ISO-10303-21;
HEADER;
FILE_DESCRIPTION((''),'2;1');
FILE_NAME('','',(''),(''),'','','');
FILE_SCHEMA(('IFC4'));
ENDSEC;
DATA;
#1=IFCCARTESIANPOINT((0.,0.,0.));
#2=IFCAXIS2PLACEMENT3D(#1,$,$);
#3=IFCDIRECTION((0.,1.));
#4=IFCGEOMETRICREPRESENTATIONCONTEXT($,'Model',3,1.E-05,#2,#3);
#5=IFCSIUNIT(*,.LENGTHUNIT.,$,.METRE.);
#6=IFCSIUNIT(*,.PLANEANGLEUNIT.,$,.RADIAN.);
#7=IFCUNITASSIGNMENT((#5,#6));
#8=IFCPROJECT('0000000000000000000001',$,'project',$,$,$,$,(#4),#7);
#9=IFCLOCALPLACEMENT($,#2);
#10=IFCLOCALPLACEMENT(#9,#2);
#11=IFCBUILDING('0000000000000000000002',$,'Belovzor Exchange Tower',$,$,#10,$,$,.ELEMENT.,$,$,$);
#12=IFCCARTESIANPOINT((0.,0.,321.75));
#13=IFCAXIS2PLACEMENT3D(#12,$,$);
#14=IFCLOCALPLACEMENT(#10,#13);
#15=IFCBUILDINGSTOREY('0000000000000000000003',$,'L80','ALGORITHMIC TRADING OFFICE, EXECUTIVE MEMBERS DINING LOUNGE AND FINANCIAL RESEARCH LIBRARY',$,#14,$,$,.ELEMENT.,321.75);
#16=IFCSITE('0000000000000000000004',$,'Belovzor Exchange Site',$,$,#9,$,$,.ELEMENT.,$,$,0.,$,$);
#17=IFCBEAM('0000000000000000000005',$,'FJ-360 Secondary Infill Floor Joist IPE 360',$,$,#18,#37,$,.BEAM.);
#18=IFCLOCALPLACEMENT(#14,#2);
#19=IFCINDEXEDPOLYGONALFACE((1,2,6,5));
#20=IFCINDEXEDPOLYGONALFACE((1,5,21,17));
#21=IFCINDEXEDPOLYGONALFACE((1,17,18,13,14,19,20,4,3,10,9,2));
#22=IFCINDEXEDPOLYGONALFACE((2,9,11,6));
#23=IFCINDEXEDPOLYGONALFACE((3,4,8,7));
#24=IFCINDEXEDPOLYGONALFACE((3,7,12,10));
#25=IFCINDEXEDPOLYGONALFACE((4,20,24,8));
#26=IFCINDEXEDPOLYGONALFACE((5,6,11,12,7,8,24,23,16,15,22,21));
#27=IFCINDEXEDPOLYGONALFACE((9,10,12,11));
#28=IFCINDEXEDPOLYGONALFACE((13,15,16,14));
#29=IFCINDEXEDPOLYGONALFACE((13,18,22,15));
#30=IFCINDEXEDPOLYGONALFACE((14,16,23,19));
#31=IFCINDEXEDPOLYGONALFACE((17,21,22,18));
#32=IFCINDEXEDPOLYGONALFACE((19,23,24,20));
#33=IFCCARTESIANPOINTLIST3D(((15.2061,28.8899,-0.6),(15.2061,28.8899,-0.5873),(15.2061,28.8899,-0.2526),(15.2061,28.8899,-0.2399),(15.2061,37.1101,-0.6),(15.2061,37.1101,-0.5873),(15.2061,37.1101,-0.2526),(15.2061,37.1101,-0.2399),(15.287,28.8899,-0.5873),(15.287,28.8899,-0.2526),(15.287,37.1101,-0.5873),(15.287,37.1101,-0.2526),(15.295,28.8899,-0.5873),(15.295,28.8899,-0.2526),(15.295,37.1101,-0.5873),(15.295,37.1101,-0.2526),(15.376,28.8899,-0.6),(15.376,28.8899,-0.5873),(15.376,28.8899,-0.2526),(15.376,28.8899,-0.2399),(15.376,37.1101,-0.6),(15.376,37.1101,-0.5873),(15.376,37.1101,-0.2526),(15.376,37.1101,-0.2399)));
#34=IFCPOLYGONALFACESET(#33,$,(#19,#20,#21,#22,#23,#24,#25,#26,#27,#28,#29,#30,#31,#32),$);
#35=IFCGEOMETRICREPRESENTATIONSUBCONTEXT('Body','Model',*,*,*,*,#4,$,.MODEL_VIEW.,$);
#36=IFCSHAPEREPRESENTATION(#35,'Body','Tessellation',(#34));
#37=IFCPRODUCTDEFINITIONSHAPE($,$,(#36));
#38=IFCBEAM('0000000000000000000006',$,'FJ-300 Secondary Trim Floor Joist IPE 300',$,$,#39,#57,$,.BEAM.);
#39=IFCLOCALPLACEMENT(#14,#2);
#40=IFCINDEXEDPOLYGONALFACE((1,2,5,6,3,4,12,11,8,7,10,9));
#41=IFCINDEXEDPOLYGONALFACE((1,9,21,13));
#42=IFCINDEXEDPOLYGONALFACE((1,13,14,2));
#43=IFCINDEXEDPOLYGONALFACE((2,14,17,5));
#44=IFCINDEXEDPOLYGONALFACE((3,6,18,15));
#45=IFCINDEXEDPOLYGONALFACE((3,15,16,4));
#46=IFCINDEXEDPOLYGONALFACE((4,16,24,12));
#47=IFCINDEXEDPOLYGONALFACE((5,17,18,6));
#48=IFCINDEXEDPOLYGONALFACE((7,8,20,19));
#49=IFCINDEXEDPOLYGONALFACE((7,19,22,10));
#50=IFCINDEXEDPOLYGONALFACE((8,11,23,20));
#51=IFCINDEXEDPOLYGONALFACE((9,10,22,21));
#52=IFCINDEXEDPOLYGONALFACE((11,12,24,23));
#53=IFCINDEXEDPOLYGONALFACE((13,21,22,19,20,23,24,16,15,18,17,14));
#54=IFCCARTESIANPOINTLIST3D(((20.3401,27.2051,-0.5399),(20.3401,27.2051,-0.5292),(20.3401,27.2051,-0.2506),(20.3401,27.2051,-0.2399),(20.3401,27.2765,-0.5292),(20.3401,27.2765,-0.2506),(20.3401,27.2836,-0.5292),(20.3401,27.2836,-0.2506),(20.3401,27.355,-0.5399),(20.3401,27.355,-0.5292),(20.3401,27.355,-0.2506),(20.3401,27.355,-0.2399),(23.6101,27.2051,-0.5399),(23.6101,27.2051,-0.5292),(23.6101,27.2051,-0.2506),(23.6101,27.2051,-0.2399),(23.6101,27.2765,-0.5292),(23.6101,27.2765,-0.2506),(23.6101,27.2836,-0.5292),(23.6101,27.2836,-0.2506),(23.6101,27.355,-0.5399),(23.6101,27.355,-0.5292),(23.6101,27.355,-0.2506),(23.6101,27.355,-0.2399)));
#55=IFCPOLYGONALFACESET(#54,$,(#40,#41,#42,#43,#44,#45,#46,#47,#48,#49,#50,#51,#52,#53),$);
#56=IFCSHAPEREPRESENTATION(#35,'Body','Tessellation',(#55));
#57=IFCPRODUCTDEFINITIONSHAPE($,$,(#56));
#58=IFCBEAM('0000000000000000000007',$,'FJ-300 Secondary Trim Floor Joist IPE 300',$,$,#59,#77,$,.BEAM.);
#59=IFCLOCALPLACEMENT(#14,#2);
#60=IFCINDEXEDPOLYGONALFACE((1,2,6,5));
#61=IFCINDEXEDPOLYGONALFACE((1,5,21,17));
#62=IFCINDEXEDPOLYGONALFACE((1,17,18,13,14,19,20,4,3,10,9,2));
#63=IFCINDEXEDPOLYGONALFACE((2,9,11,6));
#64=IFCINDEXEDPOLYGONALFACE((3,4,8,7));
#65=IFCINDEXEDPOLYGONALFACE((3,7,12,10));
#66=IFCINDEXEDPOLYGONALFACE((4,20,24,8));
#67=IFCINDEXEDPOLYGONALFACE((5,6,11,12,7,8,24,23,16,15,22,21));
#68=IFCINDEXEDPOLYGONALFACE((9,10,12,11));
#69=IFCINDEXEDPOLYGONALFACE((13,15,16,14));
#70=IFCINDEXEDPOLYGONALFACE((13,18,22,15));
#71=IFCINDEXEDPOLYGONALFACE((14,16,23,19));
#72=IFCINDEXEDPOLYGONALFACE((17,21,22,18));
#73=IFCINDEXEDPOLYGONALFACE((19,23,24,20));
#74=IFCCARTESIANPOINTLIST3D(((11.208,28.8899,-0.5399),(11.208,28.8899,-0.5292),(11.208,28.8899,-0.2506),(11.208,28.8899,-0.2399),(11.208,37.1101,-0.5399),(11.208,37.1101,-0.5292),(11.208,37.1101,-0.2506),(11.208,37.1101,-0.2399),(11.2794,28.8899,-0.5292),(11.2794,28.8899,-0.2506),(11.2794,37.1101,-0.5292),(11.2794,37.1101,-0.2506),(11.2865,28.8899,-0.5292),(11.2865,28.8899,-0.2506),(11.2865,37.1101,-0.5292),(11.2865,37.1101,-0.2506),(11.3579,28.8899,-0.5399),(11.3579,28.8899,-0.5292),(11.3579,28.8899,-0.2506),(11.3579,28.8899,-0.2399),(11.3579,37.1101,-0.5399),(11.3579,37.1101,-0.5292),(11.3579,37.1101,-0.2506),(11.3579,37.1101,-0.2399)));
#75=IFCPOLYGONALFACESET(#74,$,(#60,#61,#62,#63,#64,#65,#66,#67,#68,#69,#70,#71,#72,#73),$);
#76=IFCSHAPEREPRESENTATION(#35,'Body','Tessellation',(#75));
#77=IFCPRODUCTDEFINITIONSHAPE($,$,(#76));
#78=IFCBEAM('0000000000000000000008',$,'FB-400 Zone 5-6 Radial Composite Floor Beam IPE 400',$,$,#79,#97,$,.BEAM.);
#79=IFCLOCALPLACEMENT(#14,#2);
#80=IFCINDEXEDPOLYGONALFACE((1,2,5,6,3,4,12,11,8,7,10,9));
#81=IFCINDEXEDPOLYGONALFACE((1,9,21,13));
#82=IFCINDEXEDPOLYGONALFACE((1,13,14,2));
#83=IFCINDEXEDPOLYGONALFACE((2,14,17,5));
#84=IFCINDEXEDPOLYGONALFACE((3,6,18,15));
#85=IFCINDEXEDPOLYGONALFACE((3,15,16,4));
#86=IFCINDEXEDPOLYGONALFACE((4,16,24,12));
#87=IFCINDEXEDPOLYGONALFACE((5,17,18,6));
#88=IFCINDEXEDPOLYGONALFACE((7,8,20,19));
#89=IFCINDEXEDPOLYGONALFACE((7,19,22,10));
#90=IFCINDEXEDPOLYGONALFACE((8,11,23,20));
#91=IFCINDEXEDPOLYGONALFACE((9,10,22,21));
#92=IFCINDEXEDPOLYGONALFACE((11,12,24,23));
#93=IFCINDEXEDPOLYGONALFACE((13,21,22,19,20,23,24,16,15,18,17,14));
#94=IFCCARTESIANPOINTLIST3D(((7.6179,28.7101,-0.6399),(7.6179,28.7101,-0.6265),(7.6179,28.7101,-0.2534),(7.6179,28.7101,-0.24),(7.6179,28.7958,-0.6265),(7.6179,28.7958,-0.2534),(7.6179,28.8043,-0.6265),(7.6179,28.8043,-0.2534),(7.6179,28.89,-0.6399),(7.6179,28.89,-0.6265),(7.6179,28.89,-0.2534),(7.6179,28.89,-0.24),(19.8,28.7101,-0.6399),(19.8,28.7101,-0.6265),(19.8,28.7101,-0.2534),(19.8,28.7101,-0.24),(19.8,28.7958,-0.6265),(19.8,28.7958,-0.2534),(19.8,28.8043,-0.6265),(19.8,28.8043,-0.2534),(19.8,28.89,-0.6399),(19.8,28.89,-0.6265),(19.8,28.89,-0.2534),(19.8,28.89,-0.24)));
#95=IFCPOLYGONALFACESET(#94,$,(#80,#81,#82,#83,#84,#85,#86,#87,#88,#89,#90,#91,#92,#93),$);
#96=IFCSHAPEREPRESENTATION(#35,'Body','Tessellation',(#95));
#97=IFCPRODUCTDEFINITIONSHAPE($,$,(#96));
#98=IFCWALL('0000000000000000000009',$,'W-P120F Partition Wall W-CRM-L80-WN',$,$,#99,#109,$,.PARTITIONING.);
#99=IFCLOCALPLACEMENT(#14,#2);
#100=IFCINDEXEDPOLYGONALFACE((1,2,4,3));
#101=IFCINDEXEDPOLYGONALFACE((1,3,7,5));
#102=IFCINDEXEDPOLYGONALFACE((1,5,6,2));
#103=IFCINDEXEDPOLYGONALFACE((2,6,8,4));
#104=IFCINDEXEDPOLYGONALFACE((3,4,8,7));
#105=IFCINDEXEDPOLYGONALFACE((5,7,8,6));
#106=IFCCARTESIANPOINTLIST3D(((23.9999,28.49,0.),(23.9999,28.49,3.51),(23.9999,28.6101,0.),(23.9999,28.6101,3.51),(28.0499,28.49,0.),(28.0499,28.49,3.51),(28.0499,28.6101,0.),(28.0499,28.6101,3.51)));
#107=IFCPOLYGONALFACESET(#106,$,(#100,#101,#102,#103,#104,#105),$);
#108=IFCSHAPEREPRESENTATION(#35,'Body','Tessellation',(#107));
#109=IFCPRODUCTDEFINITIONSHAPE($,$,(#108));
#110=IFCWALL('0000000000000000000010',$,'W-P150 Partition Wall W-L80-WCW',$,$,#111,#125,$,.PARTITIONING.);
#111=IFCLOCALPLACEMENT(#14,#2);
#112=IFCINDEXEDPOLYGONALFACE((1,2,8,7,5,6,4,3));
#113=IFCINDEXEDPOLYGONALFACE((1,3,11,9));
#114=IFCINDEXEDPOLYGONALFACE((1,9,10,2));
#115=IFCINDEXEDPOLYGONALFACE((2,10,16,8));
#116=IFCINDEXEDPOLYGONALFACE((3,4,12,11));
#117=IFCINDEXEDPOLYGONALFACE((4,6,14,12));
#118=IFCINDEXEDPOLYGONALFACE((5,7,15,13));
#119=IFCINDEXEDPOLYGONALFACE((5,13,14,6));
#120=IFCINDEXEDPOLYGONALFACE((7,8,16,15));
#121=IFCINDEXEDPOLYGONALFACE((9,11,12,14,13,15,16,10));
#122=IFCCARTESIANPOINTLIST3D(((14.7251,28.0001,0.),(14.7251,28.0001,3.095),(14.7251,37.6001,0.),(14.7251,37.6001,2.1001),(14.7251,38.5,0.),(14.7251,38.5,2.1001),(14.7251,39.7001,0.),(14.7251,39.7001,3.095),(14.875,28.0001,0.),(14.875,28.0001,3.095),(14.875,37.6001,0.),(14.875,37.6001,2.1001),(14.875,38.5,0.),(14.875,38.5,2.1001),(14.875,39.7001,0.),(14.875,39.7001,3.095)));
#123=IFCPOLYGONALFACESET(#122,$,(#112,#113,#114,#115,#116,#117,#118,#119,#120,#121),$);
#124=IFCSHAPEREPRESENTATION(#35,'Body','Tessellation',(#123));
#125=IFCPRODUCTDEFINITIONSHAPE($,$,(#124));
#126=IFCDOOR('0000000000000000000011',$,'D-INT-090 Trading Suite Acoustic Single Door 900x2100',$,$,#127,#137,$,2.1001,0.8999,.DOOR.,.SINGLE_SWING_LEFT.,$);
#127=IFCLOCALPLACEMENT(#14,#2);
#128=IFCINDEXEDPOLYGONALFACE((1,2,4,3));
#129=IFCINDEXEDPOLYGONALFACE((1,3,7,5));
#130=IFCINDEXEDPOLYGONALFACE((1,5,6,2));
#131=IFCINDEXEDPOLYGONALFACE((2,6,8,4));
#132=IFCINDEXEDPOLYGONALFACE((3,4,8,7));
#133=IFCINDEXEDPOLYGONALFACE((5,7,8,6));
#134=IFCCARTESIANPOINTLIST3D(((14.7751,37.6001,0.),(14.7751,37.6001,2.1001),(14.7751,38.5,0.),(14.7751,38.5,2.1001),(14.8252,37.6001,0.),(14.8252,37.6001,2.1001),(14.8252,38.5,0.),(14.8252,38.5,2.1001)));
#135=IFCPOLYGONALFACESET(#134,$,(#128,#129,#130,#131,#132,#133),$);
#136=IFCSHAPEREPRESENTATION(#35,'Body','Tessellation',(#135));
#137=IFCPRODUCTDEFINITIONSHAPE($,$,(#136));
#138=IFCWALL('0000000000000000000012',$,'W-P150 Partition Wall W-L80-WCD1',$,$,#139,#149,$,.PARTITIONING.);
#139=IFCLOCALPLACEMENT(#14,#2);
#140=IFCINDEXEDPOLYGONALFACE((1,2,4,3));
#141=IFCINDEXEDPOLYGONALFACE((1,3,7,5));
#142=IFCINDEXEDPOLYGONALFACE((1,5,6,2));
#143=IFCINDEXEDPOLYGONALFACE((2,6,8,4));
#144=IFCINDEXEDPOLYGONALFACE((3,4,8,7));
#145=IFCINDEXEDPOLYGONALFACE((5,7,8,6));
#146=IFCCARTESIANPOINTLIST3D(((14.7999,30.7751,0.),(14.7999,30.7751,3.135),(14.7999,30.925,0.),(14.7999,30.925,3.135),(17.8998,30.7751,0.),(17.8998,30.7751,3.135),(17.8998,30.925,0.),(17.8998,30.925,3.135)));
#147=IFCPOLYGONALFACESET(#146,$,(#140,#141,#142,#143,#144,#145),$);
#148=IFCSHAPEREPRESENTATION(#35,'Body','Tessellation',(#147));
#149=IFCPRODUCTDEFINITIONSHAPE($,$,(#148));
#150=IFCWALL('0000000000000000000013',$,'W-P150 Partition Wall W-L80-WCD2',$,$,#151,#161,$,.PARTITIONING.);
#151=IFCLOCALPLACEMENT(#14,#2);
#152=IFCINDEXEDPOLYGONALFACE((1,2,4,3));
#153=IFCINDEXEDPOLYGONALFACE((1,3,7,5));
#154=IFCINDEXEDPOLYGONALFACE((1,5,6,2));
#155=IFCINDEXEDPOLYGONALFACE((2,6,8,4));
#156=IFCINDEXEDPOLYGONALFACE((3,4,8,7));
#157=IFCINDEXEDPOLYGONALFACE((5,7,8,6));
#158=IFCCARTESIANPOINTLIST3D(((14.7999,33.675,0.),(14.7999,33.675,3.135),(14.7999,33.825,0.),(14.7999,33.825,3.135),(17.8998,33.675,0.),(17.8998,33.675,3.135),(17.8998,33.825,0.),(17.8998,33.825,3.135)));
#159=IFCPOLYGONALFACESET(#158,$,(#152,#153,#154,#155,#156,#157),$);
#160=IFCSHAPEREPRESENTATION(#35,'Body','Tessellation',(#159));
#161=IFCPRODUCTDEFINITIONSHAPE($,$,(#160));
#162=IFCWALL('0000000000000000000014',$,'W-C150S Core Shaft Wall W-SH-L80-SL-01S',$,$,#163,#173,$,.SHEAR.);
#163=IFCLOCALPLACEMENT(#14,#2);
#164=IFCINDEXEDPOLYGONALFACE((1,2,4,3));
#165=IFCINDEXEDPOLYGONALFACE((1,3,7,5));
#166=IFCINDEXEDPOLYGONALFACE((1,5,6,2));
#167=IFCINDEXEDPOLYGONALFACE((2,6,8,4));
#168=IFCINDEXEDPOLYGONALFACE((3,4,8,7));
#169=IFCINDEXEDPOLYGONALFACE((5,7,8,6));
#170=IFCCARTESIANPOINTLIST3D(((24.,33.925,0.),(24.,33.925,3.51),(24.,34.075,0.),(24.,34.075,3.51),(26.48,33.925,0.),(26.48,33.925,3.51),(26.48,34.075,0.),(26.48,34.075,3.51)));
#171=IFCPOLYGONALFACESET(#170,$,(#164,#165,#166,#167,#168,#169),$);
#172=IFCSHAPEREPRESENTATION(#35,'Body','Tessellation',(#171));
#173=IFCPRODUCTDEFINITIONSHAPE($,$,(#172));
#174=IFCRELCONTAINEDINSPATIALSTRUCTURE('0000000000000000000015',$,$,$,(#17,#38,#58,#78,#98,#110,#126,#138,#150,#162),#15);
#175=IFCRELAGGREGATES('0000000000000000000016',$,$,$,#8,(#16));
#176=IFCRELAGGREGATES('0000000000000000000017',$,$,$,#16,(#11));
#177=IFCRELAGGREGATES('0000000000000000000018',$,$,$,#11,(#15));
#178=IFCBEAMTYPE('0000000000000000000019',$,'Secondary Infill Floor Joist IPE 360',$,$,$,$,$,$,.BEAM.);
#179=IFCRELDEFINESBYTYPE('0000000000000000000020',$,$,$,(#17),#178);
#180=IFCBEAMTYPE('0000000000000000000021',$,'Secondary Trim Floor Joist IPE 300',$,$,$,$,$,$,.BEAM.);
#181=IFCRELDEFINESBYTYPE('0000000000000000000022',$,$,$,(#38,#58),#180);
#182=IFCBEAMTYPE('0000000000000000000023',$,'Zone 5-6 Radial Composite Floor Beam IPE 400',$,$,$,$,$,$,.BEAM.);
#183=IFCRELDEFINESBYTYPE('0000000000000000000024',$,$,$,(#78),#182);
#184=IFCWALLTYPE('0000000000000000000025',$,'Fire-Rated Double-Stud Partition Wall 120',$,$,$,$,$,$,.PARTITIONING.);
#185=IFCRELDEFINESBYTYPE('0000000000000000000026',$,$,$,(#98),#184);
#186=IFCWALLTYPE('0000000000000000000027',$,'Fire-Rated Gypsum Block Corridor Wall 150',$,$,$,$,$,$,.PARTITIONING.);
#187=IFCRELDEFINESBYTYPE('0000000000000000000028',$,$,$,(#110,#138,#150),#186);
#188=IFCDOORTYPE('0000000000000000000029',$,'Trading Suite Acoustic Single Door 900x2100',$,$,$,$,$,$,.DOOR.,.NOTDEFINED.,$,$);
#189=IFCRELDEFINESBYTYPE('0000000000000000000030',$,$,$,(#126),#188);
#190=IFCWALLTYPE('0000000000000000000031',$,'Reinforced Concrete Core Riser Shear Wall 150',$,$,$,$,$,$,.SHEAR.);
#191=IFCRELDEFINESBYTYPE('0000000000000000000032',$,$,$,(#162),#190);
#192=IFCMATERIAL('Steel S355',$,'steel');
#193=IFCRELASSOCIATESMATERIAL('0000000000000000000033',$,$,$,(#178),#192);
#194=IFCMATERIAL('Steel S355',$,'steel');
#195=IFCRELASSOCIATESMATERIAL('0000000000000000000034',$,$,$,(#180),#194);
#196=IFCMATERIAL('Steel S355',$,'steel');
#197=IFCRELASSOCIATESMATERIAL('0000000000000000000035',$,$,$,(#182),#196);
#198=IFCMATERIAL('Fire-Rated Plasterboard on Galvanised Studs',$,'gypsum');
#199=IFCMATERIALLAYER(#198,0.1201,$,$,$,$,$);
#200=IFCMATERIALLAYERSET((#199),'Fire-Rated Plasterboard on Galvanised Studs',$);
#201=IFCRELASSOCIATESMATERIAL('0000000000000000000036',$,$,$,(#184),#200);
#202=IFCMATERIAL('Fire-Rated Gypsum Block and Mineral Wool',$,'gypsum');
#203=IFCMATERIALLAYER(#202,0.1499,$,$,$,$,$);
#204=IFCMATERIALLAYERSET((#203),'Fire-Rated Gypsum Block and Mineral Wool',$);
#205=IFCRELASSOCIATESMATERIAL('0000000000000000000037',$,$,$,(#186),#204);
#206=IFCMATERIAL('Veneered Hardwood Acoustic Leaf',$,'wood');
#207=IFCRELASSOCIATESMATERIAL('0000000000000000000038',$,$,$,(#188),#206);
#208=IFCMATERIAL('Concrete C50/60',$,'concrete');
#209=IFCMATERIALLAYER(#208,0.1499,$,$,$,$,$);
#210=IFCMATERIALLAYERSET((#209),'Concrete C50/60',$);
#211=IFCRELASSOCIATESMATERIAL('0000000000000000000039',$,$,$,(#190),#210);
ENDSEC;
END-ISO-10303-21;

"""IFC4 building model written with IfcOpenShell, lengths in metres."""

from ifc_helpers import new_model, si_unit, direction, frame, frame_2d, origin, origin_2d, place, context, subcontext, project, spatial, rectangle, i_section, extrude, material, layer, layer_set, material_profile, profile_set, type_object, element, fill, save


model = new_model("IFC4")

# Units and contexts
model_context = context("Model", 3, precision=1e-05, world=origin(), true_north=direction((0.0, 1.0)))
body_context = subcontext(model_context, "Body", "Model", "MODEL_VIEW")
ifc_project = project(units=[si_unit("LENGTHUNIT", "METRE"), si_unit("PLANEANGLEUNIT", "RADIAN")], contexts=[model_context])

# Site, building, storey
site_placement = place(None, origin())
site = spatial("IfcSite", under=ifc_project, at=site_placement, Name="Belovzor Exchange Site", CompositionType="ELEMENT", RefElevation=0.0)
building_placement = place(site_placement, origin())
building = spatial("IfcBuilding", under=site, at=building_placement, Name="Belovzor Exchange Tower", CompositionType="ELEMENT")
storey_placement = place(building_placement, frame((0.0, 0.0, 321.75)))
storey = spatial("IfcBuildingStorey", under=building, at=storey_placement, Name="L80", Description="ALGORITHMIC TRADING OFFICE, EXECUTIVE MEMBERS DINING LOUNGE AND FINANCIAL RESEARCH LIBRARY", CompositionType="ELEMENT", Elevation=321.75)

# Beams
ifc_material_1 = material(Name="Steel S355", Category="steel")
ifc_material_profile_1 = material_profile(ifc_material_1, i_section(OverallWidth=0.1699, OverallDepth=0.3601, WebThickness=0.0081, FlangeThickness=0.0127, at=origin_2d()))
ifc_profile_set_1 = profile_set([ifc_material_profile_1], Name="Steel S355")
beam_type_1 = type_object("IfcBeamType", Name="Secondary Infill Floor Joist IPE 360", PredefinedType="BEAM", material=ifc_profile_set_1)
beam_1_placement = place(storey_placement, frame((15.291, 28.8899, -0.4199), z_axis=(0.0, 1.0, 0.0), x_axis=(-1.0, 0.0, 0.0)))
element("IfcBeam", 1, at=beam_1_placement, inside=storey, type_object=beam_type_1, Name="FJ-360 Secondary Infill Floor Joist IPE 360", PredefinedType="BEAM", context=body_context, shape_type="SweptSolid", body=[
    extrude(i_section(OverallWidth=0.1699, OverallDepth=0.3601, WebThickness=0.0081, FlangeThickness=0.0127, at=origin_2d()), origin(), (0.0, 0.0, 1.0), 8.2202),
])
ifc_material_2 = material(Name="Steel S355", Category="steel")
ifc_material_profile_2 = material_profile(ifc_material_2, i_section(OverallWidth=0.1499, OverallDepth=0.3, WebThickness=0.0071, FlangeThickness=0.0107, at=origin_2d()))
ifc_profile_set_2 = profile_set([ifc_material_profile_2], Name="Steel S355")
beam_type_2 = type_object("IfcBeamType", Name="Secondary Trim Floor Joist IPE 300", PredefinedType="BEAM", material=ifc_profile_set_2)
beam_2_placement = place(storey_placement, frame((20.3401, 27.28, -0.3899), z_axis=(1.0, 0.0, 0.0), x_axis=(0.0, 1.0, 0.0)))
element("IfcBeam", 2, at=beam_2_placement, inside=storey, type_object=beam_type_2, Name="FJ-300 Secondary Trim Floor Joist IPE 300", PredefinedType="BEAM", context=body_context, shape_type="SweptSolid", body=[
    extrude(i_section(OverallWidth=0.1499, OverallDepth=0.3, WebThickness=0.0071, FlangeThickness=0.0107, at=origin_2d()), origin(), (0.0, 0.0, 1.0), 3.27),
])
beam_3_placement = place(storey_placement, frame((11.283, 28.8899, -0.3899), z_axis=(0.0, 1.0, 0.0), x_axis=(-1.0, 0.0, 0.0)))
element("IfcBeam", 3, at=beam_3_placement, inside=storey, type_object=beam_type_2, Name="FJ-300 Secondary Trim Floor Joist IPE 300", PredefinedType="BEAM", context=body_context, shape_type="SweptSolid", body=[
    extrude(i_section(OverallWidth=0.1499, OverallDepth=0.3, WebThickness=0.0071, FlangeThickness=0.0107, at=origin_2d()), origin(), (0.0, 0.0, 1.0), 8.2202),
])
ifc_material_3 = material(Name="Steel S355", Category="steel")
ifc_material_profile_3 = material_profile(ifc_material_3, i_section(OverallWidth=0.1799, OverallDepth=0.3999, WebThickness=0.0085, FlangeThickness=0.0134, at=origin_2d()))
ifc_profile_set_3 = profile_set([ifc_material_profile_3], Name="Steel S355")
beam_type_3 = type_object("IfcBeamType", Name="Zone 5-6 Radial Composite Floor Beam IPE 400", PredefinedType="BEAM", material=ifc_profile_set_3)
beam_4_placement = place(storey_placement, frame((19.8, 28.8, -0.4399), z_axis=(-1.0, 0.0, 0.0), x_axis=(0.0, -1.0, 0.0)))
element("IfcBeam", 4, at=beam_4_placement, inside=storey, type_object=beam_type_3, Name="FB-400 Zone 5-6 Radial Composite Floor Beam IPE 400", PredefinedType="BEAM", context=body_context, shape_type="SweptSolid", body=[
    extrude(i_section(OverallWidth=0.1799, OverallDepth=0.3999, WebThickness=0.0085, FlangeThickness=0.0134, at=origin_2d()), origin(), (0.0, 0.0, 1.0), 12.1821),
])

# Wall
ifc_material_4 = material(Name="Fire-Rated Plasterboard on Galvanised Studs", Category="gypsum")
ifc_layer_1 = layer(ifc_material_4, 0.1201)
ifc_layer_set_1 = layer_set([ifc_layer_1], Name="Fire-Rated Plasterboard on Galvanised Studs")
wall_type_1 = type_object("IfcWallType", Name="Fire-Rated Double-Stud Partition Wall 120", PredefinedType="PARTITIONING", material=ifc_layer_set_1)
wall_1_placement = place(storey_placement, frame((24.0, 28.55, 0.0), z_axis=(0.0, 0.0, 1.0), x_axis=(1.0, 0.0, 0.0)))
element("IfcWall", 5, at=wall_1_placement, inside=storey, type_object=wall_type_1, Name="W-P120F Partition Wall W-CRM-L80-WN", PredefinedType="PARTITIONING", context=body_context, shape_type="SweptSolid", body=[
    extrude(rectangle(XDim=4.05, YDim=0.1201, at=frame_2d((2.0249, 0.0))), origin(), (0.0, 0.0, 1.0), 3.51),
])

# Wall, opening, door
ifc_material_5 = material(Name="Fire-Rated Gypsum Block and Mineral Wool", Category="gypsum")
ifc_layer_2 = layer(ifc_material_5, 0.1499)
ifc_layer_set_2 = layer_set([ifc_layer_2], Name="Fire-Rated Gypsum Block and Mineral Wool")
wall_type_2 = type_object("IfcWallType", Name="Fire-Rated Gypsum Block Corridor Wall 150", PredefinedType="PARTITIONING", material=ifc_layer_set_2)
wall_2_placement = place(storey_placement, frame((14.8, 28.0, 0.0), z_axis=(0.0, 0.0, 1.0), x_axis=(0.0, 1.0, 0.0)))
wall_2 = element("IfcWall", 6, at=wall_2_placement, inside=storey, type_object=wall_type_2, Name="W-P150 Partition Wall W-L80-WCW", PredefinedType="PARTITIONING", context=body_context, shape_type="SweptSolid", body=[
    extrude(rectangle(XDim=11.7, YDim=0.1499, at=frame_2d((5.8501, 0.0))), origin(), (0.0, 0.0, 1.0), 3.095),
])
opening_1_placement = place(wall_2_placement, frame((9.6001, 0.0, 0.0)))
opening_1 = element("IfcOpeningElement", 7, at=opening_1_placement, cuts=wall_2, PredefinedType="OPENING", context=body_context, shape_type="SweptSolid", body=[
    extrude(rectangle(XDim=0.8999, YDim=2.1001, at=frame_2d((0.45, 1.05))), frame((0.0, 0.085, 0.0), z_axis=(0.0, -1.0, 0.0), x_axis=(1.0, 0.0, 0.0)), (0.0, 0.0, 1.0), 0.1699),
])
ifc_material_6 = material(Name="Veneered Hardwood Acoustic Leaf", Category="wood")
door_type_1 = type_object("IfcDoorType", Name="Trading Suite Acoustic Single Door 900x2100", OperationType="NOTDEFINED", PredefinedType="DOOR", material=ifc_material_6)
door_1_placement = place(opening_1_placement, origin())
door_1 = element("IfcDoor", 8, at=door_1_placement, inside=storey, type_object=door_type_1, Name="D-INT-090 Trading Suite Acoustic Single Door 900x2100", OperationType="SINGLE_SWING_LEFT", OverallHeight=2.1001, OverallWidth=0.8999, PredefinedType="DOOR", context=body_context, shape_type="SweptSolid", body=[
    extrude(rectangle(XDim=0.8999, YDim=2.1001, at=frame_2d((0.45, 1.05))), frame((0.0, 0.0249, 0.0), z_axis=(0.0, -1.0, 0.0), x_axis=(1.0, 0.0, 0.0)), (0.0, 0.0, 1.0), 0.05),
])
fill(opening_1, door_1)

# Walls
for number, where, z_axis, x_axis, name in (
    (9, (14.8, 30.8501, 0.0), (0.0, 0.0, 1.0), (1.0, 0.0, 0.0), "W-P150 Partition Wall W-L80-WCD1"),
    (10, (14.8, 33.75, 0.0), (0.0, 0.0, 1.0), (1.0, 0.0, 0.0), "W-P150 Partition Wall W-L80-WCD2"),
):
    element("IfcWall", number, at=place(storey_placement, frame(where, z_axis=z_axis, x_axis=x_axis)), inside=storey, type_object=wall_type_2, Name=name, PredefinedType="PARTITIONING", context=body_context, shape_type="SweptSolid", body=[
        extrude(rectangle(XDim=3.0999, YDim=0.1499, at=frame_2d((1.5498, 0.0))), origin(), (0.0, 0.0, 1.0), 3.135),
    ])
ifc_material_7 = material(Name="Concrete C50/60", Category="concrete")
ifc_layer_3 = layer(ifc_material_7, 0.1499)
ifc_layer_set_3 = layer_set([ifc_layer_3], Name="Concrete C50/60")
wall_type_3 = type_object("IfcWallType", Name="Reinforced Concrete Core Riser Shear Wall 150", PredefinedType="SHEAR", material=ifc_layer_set_3)
wall_3_placement = place(storey_placement, frame((24.0, 34.0, 0.0), z_axis=(0.0, 0.0, 1.0), x_axis=(1.0, 0.0, 0.0)))
element("IfcWall", 11, at=wall_3_placement, inside=storey, type_object=wall_type_3, Name="W-C150S Core Shaft Wall W-SH-L80-SL-01S", PredefinedType="SHEAR", context=body_context, shape_type="SweptSolid", body=[
    extrude(rectangle(XDim=2.48, YDim=0.1499, at=frame_2d((1.24, 0.0))), origin(), (0.0, 0.0, 1.0), 3.51),
])

save(model, "model.ifc")
